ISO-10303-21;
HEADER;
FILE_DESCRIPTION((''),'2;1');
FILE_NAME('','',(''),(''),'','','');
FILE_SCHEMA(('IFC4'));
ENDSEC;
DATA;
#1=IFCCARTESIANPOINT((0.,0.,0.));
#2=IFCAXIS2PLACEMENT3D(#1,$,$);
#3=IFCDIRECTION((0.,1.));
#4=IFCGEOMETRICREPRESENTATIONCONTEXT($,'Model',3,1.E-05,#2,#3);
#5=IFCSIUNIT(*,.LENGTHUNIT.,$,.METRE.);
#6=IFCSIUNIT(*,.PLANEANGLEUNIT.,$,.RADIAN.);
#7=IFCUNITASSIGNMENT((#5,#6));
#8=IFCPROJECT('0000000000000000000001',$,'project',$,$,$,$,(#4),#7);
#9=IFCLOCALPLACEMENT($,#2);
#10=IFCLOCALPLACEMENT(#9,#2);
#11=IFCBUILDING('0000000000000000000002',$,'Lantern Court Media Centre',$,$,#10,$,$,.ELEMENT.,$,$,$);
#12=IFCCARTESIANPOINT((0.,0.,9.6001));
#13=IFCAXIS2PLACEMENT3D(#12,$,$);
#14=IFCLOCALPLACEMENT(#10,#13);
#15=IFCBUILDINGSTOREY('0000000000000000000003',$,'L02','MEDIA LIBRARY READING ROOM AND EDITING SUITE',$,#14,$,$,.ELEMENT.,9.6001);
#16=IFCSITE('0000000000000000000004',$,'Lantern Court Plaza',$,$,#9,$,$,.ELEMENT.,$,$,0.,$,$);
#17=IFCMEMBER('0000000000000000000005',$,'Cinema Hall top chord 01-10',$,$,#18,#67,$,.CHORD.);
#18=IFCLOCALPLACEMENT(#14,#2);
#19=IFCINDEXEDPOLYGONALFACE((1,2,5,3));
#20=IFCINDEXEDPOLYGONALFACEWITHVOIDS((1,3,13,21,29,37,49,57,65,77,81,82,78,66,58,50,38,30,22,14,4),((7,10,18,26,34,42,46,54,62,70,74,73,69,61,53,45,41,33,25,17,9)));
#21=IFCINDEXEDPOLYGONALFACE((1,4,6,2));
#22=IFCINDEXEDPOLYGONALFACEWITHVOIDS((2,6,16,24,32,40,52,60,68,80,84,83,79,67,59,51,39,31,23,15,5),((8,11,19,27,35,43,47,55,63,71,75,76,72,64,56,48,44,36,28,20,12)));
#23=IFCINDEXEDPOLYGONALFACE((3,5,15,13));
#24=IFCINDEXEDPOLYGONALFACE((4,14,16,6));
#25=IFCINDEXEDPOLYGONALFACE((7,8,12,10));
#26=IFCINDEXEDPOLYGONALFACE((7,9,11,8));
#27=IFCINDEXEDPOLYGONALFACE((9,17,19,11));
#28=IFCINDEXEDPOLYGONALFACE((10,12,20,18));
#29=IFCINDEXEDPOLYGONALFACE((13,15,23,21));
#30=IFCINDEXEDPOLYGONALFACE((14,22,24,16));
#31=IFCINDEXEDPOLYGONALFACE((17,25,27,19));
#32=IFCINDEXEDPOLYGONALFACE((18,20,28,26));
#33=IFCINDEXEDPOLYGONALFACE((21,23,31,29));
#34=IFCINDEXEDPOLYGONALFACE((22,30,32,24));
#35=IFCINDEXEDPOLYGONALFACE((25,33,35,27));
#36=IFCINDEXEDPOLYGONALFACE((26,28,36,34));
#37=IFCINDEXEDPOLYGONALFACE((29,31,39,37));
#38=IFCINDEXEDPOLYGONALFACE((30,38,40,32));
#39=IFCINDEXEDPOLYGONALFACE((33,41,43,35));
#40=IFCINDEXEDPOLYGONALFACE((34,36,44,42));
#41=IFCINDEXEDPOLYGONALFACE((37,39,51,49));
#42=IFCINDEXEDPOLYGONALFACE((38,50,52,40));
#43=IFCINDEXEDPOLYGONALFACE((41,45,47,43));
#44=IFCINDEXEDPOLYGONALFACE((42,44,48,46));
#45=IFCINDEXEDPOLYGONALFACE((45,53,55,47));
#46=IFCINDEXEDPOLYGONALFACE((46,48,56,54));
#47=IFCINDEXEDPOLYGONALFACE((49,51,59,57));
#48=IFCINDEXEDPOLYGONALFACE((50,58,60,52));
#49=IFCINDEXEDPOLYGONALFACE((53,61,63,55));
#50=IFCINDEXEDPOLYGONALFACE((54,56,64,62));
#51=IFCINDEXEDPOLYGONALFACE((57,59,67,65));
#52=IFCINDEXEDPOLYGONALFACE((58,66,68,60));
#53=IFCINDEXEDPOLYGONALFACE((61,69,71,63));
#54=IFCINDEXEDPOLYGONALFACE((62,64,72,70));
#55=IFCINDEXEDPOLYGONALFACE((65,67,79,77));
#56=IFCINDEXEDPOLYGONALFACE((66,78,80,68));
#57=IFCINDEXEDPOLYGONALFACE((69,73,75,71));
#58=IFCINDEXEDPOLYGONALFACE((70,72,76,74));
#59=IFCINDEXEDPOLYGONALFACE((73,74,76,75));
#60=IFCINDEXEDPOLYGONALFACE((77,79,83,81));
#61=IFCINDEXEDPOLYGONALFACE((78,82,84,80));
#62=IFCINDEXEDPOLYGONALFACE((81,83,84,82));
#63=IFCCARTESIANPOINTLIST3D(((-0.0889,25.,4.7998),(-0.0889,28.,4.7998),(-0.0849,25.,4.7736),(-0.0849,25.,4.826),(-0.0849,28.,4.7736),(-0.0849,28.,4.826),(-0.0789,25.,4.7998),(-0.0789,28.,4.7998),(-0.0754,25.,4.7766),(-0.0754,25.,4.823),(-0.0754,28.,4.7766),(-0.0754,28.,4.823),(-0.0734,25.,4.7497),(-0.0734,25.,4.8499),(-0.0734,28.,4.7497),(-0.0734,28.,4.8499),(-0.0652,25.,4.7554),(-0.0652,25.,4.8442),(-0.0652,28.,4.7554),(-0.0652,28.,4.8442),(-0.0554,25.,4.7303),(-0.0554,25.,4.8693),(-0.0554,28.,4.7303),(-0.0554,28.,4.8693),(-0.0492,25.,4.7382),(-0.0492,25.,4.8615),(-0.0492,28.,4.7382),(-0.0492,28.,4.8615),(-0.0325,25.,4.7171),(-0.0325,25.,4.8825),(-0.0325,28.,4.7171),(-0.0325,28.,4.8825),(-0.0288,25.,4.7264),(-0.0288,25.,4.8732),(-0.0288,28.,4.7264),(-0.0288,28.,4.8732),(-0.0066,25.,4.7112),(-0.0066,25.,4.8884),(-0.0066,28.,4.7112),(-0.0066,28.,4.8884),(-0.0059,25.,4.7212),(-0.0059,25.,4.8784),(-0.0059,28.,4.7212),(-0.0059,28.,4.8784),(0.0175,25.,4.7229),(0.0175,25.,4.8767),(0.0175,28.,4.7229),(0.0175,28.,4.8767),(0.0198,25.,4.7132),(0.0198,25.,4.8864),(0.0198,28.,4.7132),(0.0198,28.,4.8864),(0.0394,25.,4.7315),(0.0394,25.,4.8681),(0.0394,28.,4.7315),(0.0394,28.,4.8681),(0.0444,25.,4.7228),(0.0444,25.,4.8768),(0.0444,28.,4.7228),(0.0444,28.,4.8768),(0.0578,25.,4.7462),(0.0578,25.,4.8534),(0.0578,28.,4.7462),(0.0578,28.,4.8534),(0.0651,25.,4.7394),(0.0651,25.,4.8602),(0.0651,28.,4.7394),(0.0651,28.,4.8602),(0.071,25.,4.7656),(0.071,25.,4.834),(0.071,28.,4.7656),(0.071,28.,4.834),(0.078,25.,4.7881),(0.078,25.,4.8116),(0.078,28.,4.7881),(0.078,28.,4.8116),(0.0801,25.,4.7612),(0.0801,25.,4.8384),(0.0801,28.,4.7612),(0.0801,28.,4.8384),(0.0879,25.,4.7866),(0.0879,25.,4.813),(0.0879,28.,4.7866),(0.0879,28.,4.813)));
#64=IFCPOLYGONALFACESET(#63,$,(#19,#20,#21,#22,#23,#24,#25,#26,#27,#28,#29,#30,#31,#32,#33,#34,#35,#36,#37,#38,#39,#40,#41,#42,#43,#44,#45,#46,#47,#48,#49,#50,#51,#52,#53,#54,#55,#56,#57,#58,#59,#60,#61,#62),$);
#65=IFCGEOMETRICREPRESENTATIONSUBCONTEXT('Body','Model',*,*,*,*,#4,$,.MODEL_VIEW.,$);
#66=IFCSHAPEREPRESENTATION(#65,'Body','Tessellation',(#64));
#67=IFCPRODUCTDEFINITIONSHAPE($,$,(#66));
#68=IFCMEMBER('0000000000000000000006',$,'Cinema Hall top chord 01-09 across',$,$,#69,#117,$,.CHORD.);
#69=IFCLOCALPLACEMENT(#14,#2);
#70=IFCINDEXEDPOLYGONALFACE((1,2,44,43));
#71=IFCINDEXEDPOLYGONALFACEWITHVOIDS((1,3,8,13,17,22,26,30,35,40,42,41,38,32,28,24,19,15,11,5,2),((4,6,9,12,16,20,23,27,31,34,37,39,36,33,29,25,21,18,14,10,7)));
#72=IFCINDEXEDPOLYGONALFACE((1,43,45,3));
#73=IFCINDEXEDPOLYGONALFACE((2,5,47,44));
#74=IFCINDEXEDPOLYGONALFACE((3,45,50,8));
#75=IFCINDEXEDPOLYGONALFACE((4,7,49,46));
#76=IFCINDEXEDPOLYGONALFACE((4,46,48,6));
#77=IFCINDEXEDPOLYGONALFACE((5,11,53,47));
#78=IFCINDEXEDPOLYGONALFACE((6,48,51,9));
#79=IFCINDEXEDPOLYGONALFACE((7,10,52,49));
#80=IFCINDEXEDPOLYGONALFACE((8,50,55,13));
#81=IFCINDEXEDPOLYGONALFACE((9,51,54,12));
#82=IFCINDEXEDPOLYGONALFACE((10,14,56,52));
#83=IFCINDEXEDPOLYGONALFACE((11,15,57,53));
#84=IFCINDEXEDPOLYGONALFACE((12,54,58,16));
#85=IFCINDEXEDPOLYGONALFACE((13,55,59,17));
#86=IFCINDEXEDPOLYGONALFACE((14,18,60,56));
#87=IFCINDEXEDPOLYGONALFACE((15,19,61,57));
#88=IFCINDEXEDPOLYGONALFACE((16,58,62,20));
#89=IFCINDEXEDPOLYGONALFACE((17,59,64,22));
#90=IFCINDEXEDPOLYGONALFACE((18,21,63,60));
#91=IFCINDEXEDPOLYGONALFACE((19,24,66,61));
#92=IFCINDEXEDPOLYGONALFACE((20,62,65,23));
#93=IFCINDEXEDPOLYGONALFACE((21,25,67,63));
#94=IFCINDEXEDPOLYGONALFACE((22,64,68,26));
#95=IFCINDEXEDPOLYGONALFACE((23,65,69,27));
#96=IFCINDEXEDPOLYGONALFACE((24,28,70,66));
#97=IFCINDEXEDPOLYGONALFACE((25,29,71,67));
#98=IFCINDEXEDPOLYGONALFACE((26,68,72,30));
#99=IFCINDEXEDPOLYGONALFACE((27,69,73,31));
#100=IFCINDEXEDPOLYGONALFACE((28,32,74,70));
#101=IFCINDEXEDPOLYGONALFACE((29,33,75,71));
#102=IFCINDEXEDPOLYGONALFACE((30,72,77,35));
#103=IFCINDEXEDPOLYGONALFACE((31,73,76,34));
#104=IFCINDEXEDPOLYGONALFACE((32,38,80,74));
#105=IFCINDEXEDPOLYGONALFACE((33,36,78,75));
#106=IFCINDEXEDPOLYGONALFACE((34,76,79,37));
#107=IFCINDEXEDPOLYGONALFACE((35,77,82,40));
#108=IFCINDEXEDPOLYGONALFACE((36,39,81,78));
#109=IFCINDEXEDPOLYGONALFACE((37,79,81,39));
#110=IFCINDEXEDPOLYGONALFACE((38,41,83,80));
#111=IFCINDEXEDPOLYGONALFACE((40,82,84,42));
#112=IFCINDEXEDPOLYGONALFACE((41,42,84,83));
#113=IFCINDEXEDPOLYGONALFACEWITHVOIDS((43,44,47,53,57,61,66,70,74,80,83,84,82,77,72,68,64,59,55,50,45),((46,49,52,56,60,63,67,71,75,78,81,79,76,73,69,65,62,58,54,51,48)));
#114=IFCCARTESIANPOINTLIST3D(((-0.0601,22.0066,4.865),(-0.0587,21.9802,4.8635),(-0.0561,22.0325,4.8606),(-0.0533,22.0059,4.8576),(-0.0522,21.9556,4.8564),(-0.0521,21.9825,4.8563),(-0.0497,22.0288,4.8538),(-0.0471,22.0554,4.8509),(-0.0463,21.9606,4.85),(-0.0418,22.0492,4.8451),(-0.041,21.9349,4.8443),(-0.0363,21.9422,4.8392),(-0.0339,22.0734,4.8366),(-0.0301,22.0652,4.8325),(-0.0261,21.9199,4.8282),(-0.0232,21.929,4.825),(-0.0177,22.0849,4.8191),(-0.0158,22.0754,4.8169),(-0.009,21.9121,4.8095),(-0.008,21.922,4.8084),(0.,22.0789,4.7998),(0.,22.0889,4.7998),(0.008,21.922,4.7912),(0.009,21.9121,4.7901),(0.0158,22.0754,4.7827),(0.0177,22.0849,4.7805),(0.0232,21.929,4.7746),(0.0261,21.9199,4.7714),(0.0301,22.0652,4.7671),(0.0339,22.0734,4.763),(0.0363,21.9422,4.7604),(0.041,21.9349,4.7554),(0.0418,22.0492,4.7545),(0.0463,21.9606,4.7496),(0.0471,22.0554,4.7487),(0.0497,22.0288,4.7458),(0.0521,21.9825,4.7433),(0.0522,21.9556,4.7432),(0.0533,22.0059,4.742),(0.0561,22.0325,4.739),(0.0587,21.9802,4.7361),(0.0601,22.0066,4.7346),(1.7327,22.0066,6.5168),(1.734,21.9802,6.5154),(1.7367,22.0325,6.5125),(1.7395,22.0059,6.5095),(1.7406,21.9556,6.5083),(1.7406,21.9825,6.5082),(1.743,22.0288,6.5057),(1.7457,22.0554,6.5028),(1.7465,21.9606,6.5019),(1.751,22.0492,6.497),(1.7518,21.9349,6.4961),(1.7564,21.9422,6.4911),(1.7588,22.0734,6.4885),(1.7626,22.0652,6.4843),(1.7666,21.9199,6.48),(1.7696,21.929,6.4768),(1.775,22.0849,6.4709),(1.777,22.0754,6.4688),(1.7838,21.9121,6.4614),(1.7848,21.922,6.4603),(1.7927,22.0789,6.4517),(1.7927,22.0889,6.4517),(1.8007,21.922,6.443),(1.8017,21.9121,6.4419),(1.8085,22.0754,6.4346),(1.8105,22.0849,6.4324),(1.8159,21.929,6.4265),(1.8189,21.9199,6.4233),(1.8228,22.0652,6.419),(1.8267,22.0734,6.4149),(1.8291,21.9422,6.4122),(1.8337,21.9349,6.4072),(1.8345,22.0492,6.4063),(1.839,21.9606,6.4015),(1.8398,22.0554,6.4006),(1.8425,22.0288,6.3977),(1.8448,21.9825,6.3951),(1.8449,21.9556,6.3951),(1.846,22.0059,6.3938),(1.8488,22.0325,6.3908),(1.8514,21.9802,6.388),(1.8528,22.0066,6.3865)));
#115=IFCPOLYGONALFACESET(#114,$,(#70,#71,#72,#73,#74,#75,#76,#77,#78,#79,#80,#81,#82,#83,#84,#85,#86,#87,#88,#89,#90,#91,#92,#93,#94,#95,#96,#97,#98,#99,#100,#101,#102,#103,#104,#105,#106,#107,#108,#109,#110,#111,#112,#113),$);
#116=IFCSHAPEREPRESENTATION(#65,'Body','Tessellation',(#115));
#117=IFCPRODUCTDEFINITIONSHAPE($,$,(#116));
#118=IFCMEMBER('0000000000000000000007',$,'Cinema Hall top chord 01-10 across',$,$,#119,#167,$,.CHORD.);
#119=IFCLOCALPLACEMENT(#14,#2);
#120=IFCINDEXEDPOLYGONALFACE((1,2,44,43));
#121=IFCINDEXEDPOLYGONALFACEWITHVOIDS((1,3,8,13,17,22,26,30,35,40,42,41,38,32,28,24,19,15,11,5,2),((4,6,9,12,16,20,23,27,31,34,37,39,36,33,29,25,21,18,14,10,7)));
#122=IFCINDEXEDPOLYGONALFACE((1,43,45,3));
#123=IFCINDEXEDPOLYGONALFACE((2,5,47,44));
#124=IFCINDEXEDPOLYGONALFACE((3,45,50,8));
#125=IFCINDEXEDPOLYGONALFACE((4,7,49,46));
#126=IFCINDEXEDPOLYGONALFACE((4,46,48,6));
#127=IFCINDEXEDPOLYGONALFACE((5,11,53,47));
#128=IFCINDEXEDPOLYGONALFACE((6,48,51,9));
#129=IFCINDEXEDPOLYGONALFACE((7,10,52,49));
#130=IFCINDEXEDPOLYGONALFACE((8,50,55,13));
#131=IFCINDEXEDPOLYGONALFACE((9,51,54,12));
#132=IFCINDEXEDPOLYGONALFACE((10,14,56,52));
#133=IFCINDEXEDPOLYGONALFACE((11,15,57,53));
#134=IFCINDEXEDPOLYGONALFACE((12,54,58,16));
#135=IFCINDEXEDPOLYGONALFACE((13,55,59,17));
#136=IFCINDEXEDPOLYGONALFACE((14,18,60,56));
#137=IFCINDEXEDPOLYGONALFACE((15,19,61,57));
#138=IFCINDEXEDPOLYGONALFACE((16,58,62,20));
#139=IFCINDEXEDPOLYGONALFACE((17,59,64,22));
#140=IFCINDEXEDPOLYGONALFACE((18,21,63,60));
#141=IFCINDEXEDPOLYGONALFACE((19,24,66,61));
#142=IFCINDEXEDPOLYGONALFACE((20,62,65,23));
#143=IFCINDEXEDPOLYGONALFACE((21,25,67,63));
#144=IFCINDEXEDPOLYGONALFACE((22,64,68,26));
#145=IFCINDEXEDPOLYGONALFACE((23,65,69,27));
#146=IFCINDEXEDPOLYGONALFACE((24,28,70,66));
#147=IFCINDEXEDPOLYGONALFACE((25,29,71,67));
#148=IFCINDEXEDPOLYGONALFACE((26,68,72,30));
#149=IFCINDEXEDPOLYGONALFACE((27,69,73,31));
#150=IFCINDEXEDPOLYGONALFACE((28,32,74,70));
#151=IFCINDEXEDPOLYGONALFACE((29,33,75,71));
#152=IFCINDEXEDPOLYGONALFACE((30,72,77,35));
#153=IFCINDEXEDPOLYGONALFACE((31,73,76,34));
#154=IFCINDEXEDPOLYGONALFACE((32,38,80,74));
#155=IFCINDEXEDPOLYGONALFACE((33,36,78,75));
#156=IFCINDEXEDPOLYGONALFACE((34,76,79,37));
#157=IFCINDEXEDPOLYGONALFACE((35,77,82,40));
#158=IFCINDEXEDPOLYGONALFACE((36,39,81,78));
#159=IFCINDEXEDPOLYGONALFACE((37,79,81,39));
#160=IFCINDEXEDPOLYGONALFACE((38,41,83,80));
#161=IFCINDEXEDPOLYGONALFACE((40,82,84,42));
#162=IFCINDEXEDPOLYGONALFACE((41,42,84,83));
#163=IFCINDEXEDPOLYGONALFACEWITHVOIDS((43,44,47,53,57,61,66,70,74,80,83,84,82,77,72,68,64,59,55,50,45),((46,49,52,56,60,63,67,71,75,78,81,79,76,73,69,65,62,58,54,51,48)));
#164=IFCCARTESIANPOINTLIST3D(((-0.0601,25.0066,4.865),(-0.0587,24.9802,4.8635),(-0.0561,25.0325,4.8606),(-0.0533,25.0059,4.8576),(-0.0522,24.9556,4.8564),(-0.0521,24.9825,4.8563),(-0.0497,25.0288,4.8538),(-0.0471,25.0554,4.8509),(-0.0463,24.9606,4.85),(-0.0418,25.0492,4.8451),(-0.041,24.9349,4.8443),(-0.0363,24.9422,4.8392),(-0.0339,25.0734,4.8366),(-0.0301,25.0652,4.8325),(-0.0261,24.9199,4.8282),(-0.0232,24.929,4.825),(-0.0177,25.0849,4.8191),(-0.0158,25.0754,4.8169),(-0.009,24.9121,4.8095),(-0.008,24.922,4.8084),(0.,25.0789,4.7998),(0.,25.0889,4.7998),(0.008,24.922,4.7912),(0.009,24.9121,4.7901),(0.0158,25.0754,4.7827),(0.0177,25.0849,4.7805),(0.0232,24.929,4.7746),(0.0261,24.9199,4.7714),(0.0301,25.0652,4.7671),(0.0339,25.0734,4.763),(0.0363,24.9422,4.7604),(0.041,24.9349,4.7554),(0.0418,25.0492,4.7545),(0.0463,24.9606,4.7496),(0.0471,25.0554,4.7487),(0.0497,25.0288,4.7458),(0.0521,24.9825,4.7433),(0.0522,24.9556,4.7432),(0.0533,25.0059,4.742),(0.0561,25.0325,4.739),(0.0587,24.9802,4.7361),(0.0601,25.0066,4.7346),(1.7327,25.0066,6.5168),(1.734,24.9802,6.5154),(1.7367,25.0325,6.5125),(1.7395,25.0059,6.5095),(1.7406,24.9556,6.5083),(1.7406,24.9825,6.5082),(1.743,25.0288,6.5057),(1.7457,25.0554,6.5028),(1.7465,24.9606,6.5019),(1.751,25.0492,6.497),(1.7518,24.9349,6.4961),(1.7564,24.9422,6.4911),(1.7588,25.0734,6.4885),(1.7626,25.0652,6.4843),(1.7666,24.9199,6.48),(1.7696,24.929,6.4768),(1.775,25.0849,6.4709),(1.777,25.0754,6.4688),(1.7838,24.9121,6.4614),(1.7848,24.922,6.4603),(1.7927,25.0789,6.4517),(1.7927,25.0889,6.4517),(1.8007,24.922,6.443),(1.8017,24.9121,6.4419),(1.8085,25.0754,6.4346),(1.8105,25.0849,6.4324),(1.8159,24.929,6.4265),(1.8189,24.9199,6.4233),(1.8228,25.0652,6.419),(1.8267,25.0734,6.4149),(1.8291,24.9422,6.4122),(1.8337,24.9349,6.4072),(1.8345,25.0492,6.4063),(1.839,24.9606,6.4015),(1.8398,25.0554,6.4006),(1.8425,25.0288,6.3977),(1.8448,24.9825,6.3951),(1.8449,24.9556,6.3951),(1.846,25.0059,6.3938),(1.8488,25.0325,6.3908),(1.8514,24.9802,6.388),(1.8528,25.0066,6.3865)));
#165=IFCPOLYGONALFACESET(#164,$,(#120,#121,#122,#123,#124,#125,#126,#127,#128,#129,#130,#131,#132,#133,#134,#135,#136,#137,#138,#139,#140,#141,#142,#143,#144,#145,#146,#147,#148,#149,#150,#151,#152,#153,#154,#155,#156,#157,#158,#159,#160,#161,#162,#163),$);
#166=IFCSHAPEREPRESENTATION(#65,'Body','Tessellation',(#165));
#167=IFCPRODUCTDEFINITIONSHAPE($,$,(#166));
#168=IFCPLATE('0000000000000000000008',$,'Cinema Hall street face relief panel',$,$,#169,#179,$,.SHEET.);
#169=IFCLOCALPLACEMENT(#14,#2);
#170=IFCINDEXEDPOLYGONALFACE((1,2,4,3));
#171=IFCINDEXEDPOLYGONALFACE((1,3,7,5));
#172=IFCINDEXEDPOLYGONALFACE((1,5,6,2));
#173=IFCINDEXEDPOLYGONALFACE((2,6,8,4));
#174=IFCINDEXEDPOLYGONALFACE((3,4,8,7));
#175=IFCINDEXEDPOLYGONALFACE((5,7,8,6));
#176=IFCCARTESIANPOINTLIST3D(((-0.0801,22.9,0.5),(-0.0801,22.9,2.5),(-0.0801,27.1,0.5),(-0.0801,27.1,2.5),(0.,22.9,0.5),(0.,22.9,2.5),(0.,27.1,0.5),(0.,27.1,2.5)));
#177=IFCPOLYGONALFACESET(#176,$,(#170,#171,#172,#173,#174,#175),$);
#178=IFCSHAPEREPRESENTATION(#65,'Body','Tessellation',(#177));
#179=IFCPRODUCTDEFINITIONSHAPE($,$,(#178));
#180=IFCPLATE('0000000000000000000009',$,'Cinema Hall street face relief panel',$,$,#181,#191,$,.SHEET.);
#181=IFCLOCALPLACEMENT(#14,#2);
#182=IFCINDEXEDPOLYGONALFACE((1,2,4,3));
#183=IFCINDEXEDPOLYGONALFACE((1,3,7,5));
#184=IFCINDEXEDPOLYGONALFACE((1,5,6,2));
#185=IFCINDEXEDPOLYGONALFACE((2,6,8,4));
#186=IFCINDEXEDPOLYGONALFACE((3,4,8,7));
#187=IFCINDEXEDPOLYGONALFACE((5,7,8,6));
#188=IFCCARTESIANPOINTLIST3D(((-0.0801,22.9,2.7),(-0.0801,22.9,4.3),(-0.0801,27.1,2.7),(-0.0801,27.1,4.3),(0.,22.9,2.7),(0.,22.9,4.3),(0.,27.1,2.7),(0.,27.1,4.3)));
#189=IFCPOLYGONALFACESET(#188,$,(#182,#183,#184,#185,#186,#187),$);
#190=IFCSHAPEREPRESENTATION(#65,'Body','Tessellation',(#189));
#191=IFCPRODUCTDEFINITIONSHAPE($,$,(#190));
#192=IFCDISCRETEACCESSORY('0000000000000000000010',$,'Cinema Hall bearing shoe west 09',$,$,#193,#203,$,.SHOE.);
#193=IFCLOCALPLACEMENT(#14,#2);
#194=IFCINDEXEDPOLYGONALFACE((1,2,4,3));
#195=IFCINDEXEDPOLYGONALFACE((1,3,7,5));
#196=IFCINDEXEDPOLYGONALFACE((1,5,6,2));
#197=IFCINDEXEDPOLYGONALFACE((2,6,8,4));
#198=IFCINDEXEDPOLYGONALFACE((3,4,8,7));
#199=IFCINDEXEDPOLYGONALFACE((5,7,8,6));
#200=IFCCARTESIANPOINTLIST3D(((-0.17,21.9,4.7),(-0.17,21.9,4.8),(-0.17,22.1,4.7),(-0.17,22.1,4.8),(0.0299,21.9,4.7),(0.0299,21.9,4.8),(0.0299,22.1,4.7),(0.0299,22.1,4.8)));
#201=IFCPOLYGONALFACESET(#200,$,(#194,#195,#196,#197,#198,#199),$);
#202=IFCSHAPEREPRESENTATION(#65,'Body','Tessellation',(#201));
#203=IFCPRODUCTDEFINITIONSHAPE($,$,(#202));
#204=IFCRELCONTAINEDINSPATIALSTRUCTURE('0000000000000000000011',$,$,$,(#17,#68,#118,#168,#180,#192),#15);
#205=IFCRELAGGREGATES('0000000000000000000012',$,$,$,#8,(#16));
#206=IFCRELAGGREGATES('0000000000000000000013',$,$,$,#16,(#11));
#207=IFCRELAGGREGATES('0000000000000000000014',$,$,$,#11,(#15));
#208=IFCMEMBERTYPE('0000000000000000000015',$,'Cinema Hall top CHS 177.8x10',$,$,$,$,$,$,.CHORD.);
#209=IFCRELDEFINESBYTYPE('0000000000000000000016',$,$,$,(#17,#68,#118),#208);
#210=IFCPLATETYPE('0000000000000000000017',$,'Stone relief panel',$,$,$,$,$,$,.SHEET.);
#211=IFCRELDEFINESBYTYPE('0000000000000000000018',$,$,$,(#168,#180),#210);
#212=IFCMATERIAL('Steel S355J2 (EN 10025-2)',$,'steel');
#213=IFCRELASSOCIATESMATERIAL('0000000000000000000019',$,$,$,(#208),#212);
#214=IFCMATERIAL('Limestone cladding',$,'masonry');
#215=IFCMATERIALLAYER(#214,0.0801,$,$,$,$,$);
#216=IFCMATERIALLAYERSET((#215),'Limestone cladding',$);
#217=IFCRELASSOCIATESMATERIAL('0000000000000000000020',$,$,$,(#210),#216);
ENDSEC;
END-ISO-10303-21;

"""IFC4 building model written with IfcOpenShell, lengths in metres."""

from ifc_helpers import new_model, si_unit, direction, frame, origin, origin_2d, place, context, subcontext, project, spatial, rectangle, hollow_circle, extrude, material, layer, layer_set, material_profile, profile_set, type_object, element, save


model = new_model("IFC4")

# Units and contexts
model_context = context("Model", 3, precision=1e-05, world=origin(), true_north=direction((0.0, 1.0)))
body_context = subcontext(model_context, "Body", "Model", "MODEL_VIEW")
ifc_project = project(units=[si_unit("LENGTHUNIT", "METRE"), si_unit("PLANEANGLEUNIT", "RADIAN")], contexts=[model_context])

# Site, building, storey
site_placement = place(None, origin())
site = spatial("IfcSite", under=ifc_project, at=site_placement, Name="Lantern Court Plaza", CompositionType="ELEMENT", RefElevation=0.0)
building_placement = place(site_placement, origin())
building = spatial("IfcBuilding", under=site, at=building_placement, Name="Lantern Court Media Centre", CompositionType="ELEMENT")
storey_placement = place(building_placement, frame((0.0, 0.0, 9.6001)))
storey = spatial("IfcBuildingStorey", under=building, at=storey_placement, Name="L02", Description="MEDIA LIBRARY READING ROOM AND EDITING SUITE", CompositionType="ELEMENT", Elevation=9.6001)

# Shared definitions
ifc_material_1 = material(Name="Steel S355J2 (EN 10025-2)", Category="steel")

# Members
ifc_material_profile_1 = material_profile(ifc_material_1, hollow_circle(Radius=0.0889, WallThickness=0.01, at=origin_2d()), Name="Cinema Hall top CHS 177.8x10")
ifc_profile_set_1 = profile_set([ifc_material_profile_1], Name="Steel S355J2 (EN 10025-2)")
member_type_1 = type_object("IfcMemberType", Name="Cinema Hall top CHS 177.8x10", PredefinedType="CHORD", material=ifc_profile_set_1)
for number, where, z_axis, x_axis, name in (
    (1, (0.0, 25.0, 4.7998), (0.0, 1.0, 0.0), (-1.0, 0.0, 0.0), "Cinema Hall top chord 01-10"),
):
    element("IfcMember", number, at=place(storey_placement, frame(where, z_axis=z_axis, x_axis=x_axis)), inside=storey, type_object=member_type_1, Name=name, PredefinedType="CHORD", context=body_context, shape_type="SweptSolid", body=[
        extrude(hollow_circle(Radius=0.0889, WallThickness=0.01, at=origin_2d()), origin(), (0.0, 0.0, 1.0), 3.0),
    ])
for number, where, z_axis, x_axis, name in (
    (2, (0.0, 22.0, 4.7998), (0.73541, 0.0, 0.677623), (0.0, 1.0, 0.0), "Cinema Hall top chord 01-09 across"),
    (3, (0.0, 25.0, 4.7998), (0.73541, 0.0, 0.677623), (0.0, 1.0, 0.0), "Cinema Hall top chord 01-10 across"),
):
    element("IfcMember", number, at=place(storey_placement, frame(where, z_axis=z_axis, x_axis=x_axis)), inside=storey, type_object=member_type_1, Name=name, PredefinedType="CHORD", context=body_context, shape_type="SweptSolid", body=[
        extrude(hollow_circle(Radius=0.0889, WallThickness=0.01, at=origin_2d()), origin(), (0.0, 0.0, 1.0), 2.4377),
    ])

# Plates
ifc_material_2 = material(Name="Limestone cladding", Category="masonry")
ifc_layer = layer(ifc_material_2, 0.0801)
ifc_layer_set = layer_set([ifc_layer], Name="Limestone cladding")
plate_type = type_object("IfcPlateType", Name="Stone relief panel", PredefinedType="SHEET", material=ifc_layer_set)
plate_1_placement = place(storey_placement, frame((-0.04, 25.0, 0.5), z_axis=(0.0, 0.0, 1.0), x_axis=(1.0, 0.0, 0.0)))
element("IfcPlate", 4, at=plate_1_placement, inside=storey, type_object=plate_type, Name="Cinema Hall street face relief panel", PredefinedType="SHEET", context=body_context, shape_type="SweptSolid", body=[
    extrude(rectangle(XDim=0.0801, YDim=4.2, at=origin_2d()), origin(), (0.0, 0.0, 1.0), 2.0),
])
plate_2_placement = place(storey_placement, frame((-0.04, 25.0, 2.7), z_axis=(0.0, 0.0, 1.0), x_axis=(1.0, 0.0, 0.0)))
element("IfcPlate", 5, at=plate_2_placement, inside=storey, type_object=plate_type, Name="Cinema Hall street face relief panel", PredefinedType="SHEET", context=body_context, shape_type="SweptSolid", body=[
    extrude(rectangle(XDim=0.0801, YDim=4.2, at=origin_2d()), origin(), (0.0, 0.0, 1.0), 1.6001),
])

# Discrete accessory
for number, where, z_axis, x_axis, name in (
    (6, (-0.0701, 22.0, 4.7), (0.0, 0.0, 1.0), (1.0, 0.0, 0.0), "Cinema Hall bearing shoe west 09"),
):
    element("IfcDiscreteAccessory", number, at=place(storey_placement, frame(where, z_axis=z_axis, x_axis=x_axis)), inside=storey, Name=name, PredefinedType="SHOE", context=body_context, shape_type="SweptSolid", body=[
        extrude(rectangle(XDim=0.2, YDim=0.2, at=origin_2d()), origin(), (0.0, 0.0, 1.0), 0.1001),
    ])

save(model, "model.ifc")
